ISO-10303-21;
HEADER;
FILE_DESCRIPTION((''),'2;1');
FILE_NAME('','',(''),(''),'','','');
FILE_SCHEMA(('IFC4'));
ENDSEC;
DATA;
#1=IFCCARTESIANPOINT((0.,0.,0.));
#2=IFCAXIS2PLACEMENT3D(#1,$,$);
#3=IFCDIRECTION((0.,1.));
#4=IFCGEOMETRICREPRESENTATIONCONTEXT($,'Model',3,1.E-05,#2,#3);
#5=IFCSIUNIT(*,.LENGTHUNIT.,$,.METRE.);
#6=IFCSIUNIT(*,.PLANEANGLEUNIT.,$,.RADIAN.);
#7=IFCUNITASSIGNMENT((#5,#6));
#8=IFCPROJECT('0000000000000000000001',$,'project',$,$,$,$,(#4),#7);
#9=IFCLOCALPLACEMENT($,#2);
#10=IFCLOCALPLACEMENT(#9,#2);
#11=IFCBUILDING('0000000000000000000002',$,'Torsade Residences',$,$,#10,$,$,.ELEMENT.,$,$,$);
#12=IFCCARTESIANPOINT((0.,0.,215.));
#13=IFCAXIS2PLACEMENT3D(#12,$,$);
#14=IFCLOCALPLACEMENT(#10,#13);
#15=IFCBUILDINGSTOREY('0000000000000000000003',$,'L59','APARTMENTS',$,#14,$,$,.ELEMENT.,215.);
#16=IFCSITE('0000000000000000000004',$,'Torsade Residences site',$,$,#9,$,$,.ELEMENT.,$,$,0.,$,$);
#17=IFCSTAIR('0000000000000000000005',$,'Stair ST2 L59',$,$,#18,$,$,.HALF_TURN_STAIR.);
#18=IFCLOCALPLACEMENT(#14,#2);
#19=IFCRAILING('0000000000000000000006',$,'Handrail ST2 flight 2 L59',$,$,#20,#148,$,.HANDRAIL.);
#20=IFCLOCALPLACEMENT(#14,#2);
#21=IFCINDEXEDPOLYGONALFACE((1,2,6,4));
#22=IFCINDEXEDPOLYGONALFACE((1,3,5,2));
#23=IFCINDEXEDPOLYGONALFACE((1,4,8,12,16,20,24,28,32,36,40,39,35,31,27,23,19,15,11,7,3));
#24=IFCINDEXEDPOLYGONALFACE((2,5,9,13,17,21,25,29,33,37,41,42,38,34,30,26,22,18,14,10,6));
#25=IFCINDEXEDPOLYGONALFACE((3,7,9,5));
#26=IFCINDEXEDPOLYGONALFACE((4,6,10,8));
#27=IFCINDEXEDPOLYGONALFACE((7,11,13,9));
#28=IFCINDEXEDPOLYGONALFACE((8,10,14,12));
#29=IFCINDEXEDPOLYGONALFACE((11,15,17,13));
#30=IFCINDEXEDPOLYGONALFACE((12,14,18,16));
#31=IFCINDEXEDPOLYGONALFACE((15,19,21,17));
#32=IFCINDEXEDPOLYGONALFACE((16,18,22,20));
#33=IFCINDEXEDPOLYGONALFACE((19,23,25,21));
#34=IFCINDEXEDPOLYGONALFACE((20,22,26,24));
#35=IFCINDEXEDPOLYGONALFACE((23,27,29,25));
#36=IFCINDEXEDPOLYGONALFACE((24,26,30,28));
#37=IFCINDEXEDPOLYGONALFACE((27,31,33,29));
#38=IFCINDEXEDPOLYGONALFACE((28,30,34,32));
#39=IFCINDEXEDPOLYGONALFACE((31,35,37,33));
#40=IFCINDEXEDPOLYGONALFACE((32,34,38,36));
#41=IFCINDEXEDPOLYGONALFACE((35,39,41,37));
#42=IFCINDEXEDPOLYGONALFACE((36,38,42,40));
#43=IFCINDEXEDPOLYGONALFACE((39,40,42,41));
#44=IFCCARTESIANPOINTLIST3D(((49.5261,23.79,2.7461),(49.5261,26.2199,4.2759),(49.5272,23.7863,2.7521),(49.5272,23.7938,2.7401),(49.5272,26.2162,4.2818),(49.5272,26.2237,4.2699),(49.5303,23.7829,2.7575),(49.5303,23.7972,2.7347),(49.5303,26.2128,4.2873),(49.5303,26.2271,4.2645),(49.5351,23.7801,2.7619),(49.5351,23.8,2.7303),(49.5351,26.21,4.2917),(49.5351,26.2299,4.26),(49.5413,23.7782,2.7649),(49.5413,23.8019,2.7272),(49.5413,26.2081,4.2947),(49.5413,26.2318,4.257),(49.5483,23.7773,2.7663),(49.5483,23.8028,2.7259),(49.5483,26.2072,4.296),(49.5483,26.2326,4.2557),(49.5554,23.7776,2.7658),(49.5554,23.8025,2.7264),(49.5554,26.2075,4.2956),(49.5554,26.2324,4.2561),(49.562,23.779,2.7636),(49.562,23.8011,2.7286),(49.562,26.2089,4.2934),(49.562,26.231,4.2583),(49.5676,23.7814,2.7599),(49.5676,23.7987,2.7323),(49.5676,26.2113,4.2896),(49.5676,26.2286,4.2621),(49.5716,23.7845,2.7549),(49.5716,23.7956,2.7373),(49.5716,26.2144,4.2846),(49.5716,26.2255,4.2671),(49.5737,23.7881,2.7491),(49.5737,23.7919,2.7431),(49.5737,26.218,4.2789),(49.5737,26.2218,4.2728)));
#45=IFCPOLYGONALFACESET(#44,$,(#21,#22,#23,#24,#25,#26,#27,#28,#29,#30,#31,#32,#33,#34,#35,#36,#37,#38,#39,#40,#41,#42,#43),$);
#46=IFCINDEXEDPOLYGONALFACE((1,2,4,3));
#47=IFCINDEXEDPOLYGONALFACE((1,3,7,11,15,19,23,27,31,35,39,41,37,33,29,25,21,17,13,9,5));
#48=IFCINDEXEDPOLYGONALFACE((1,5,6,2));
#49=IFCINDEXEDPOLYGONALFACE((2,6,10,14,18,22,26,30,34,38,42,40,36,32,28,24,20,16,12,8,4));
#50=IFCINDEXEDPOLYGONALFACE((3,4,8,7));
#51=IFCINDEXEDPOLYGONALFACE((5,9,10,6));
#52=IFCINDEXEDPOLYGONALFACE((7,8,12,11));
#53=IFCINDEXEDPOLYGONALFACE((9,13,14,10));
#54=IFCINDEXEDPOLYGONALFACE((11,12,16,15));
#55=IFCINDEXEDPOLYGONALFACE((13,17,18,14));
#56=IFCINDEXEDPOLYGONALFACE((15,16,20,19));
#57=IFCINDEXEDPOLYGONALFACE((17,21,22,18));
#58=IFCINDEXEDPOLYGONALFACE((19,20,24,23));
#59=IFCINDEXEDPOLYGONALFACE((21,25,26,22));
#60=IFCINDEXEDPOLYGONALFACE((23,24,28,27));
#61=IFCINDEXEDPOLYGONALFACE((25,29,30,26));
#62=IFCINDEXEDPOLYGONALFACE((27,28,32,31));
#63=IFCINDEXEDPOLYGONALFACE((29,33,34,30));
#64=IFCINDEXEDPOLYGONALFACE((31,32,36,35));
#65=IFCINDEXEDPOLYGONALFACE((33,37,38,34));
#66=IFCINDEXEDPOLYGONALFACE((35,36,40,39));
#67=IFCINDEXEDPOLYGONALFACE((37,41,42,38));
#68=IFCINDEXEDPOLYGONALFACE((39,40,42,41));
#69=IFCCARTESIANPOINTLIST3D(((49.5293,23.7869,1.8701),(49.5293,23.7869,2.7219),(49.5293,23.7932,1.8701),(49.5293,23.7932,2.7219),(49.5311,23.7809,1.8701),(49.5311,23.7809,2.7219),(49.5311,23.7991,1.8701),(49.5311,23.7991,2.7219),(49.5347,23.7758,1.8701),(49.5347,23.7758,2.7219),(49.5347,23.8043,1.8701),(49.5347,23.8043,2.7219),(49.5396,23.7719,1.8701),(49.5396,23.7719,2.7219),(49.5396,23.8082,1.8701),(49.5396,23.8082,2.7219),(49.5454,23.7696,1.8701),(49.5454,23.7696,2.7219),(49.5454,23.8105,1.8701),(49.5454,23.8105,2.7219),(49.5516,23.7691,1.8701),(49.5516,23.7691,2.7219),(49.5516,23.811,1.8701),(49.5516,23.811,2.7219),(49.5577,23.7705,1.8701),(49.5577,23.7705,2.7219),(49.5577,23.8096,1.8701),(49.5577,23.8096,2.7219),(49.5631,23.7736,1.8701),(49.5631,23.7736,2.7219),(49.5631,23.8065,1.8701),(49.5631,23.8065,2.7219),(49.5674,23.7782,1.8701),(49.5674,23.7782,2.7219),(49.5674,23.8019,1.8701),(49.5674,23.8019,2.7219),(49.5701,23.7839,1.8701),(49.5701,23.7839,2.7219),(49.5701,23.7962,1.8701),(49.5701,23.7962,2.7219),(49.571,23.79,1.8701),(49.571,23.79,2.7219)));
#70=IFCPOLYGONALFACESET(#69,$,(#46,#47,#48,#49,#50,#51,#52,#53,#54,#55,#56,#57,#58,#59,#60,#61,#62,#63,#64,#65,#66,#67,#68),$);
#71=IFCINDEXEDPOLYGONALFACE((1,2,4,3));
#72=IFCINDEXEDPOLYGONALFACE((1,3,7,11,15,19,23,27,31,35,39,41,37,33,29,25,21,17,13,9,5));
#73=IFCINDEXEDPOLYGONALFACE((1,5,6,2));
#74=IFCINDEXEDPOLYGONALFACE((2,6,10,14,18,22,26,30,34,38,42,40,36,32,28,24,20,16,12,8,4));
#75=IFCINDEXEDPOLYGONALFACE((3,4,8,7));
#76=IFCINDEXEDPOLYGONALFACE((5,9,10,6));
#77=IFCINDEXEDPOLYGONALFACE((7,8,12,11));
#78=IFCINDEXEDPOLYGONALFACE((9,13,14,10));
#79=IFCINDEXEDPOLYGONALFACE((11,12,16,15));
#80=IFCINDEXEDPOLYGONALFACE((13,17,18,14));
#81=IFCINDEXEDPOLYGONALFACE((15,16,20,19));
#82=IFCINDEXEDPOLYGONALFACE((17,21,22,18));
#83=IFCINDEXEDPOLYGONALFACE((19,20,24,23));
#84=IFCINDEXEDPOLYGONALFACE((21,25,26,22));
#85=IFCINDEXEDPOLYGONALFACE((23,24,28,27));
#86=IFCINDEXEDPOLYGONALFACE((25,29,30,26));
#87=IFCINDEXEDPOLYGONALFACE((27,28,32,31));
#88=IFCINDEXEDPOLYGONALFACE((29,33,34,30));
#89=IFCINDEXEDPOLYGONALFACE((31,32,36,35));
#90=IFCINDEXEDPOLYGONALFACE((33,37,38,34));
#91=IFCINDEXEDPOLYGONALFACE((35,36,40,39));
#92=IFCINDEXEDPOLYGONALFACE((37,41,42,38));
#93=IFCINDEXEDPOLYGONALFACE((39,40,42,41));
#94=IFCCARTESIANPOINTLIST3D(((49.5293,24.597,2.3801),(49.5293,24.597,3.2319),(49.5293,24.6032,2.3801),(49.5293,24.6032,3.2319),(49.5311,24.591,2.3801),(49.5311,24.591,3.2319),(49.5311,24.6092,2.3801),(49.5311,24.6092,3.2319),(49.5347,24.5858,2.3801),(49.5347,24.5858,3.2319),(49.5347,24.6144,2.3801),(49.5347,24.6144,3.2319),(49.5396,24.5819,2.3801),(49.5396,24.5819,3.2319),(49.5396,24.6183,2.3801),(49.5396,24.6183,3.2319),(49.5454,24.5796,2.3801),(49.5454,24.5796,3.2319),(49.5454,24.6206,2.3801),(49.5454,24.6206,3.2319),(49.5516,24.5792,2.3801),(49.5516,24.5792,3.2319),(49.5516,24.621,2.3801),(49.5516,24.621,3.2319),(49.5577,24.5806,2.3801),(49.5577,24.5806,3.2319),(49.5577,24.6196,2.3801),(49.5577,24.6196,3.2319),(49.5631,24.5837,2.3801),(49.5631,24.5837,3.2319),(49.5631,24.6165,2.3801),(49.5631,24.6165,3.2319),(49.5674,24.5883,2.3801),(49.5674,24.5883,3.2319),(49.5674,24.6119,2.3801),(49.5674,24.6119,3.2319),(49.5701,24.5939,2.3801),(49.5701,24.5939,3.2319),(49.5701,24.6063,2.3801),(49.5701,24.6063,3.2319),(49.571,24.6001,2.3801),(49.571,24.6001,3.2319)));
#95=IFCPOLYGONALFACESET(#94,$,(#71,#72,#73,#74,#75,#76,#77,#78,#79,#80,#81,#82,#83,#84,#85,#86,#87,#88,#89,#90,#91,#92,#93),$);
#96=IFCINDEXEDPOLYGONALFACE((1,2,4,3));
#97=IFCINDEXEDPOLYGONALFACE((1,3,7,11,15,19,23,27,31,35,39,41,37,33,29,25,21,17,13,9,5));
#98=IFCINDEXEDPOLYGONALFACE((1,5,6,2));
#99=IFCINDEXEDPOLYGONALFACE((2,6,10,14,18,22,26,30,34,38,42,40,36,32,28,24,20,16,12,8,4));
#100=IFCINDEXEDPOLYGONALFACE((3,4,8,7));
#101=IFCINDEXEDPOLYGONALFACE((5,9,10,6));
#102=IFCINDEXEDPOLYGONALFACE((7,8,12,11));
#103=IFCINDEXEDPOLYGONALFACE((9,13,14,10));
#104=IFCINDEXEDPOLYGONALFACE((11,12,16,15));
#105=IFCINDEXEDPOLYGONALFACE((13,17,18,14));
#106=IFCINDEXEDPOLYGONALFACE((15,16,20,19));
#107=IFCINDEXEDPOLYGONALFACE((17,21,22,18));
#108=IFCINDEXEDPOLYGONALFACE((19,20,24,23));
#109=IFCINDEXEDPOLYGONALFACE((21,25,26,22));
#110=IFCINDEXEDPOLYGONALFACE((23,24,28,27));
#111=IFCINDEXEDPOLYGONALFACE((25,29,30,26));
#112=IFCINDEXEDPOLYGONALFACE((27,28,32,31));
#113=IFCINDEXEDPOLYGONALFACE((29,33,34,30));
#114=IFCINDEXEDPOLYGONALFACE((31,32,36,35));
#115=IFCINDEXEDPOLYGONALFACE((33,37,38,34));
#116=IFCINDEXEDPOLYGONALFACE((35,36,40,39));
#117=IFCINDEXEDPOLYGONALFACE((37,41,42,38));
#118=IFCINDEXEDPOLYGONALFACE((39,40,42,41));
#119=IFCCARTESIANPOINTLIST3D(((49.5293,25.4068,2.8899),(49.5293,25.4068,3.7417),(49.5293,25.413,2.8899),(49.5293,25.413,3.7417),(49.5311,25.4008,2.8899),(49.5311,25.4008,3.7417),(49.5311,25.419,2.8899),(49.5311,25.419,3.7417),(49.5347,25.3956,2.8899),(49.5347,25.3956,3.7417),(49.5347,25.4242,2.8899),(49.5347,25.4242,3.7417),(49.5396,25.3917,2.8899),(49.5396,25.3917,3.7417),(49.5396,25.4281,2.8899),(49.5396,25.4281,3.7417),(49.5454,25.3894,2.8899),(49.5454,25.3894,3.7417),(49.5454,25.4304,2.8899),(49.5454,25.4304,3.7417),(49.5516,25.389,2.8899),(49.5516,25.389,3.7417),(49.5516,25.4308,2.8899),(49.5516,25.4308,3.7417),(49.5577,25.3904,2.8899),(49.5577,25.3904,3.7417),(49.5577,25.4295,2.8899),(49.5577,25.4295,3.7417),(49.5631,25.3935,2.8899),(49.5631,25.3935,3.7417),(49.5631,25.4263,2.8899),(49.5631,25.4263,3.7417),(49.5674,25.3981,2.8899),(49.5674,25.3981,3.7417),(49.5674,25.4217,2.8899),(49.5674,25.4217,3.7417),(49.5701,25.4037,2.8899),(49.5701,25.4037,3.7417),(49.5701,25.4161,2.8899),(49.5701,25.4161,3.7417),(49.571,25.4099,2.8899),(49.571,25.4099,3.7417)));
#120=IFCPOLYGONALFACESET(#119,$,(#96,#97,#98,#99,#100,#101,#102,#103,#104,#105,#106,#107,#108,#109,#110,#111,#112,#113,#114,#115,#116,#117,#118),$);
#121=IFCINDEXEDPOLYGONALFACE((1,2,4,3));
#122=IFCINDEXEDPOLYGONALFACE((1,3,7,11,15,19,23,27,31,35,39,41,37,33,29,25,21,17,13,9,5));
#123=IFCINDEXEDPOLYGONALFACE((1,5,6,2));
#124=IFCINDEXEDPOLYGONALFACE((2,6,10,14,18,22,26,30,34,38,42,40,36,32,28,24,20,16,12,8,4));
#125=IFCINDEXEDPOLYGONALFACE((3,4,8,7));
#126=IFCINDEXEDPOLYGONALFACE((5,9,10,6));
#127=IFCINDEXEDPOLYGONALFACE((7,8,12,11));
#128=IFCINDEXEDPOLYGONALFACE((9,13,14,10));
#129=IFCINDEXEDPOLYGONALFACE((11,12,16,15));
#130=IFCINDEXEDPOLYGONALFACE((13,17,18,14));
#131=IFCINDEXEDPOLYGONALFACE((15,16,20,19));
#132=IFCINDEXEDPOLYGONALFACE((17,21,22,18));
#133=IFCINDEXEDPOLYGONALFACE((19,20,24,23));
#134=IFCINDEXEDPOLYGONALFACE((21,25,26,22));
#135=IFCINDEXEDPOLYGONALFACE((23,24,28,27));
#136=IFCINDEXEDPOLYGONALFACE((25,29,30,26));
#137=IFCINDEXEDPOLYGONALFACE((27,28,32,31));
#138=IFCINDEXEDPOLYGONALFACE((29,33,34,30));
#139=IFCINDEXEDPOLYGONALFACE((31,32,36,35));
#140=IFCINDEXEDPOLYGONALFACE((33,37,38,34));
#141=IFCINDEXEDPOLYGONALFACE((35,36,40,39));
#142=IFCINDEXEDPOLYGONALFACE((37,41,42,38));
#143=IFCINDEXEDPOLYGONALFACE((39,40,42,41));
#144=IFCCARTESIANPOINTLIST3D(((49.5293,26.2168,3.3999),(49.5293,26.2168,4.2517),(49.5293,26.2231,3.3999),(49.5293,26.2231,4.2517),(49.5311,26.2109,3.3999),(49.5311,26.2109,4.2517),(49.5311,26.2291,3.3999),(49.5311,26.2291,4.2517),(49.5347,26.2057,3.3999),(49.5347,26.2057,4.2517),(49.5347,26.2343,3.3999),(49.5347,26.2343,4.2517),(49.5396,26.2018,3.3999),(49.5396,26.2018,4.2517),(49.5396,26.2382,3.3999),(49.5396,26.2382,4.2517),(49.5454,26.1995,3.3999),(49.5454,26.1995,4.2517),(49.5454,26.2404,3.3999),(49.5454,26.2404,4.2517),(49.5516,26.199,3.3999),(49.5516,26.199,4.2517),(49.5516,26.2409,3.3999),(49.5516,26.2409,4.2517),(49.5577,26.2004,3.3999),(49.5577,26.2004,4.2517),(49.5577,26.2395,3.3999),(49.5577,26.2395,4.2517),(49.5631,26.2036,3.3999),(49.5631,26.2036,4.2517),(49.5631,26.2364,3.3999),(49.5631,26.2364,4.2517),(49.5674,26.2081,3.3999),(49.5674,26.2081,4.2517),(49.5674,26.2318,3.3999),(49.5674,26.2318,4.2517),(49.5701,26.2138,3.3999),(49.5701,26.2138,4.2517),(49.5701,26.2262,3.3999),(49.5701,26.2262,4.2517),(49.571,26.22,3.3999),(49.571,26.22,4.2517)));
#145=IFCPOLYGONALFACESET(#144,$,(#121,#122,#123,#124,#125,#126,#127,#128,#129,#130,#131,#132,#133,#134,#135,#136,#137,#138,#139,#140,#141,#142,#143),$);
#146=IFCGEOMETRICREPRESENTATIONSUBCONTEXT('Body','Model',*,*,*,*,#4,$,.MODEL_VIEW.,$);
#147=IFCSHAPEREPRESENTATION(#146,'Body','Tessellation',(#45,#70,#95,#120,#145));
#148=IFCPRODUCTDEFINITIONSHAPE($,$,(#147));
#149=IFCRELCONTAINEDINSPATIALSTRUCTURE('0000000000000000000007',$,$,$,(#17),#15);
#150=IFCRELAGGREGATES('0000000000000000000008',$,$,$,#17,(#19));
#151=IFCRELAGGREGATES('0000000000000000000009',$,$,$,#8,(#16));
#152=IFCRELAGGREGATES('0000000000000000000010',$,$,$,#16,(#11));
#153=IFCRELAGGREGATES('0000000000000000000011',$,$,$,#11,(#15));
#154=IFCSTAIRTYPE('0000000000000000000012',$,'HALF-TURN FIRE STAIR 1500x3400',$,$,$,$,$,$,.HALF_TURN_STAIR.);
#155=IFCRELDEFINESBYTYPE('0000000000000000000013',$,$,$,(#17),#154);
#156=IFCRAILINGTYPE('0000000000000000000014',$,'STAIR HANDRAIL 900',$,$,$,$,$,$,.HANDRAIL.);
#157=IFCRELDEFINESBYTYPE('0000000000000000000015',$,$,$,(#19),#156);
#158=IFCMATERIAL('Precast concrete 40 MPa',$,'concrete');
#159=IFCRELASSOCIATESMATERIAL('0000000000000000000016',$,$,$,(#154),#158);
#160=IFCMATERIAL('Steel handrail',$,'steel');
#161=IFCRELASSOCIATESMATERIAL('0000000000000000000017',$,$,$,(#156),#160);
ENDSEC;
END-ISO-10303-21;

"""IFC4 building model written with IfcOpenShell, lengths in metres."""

from ifc_helpers import new_model, si_unit, direction, frame, origin, origin_2d, place, context, subcontext, project, spatial, circle, extrude, material, type_object, element, aggregate, save


model = new_model("IFC4")

# Units and contexts
model_context = context("Model", 3, precision=1e-05, world=origin(), true_north=direction((0.0, 1.0)))
body_context = subcontext(model_context, "Body", "Model", "MODEL_VIEW")
ifc_project = project(units=[si_unit("LENGTHUNIT", "METRE"), si_unit("PLANEANGLEUNIT", "RADIAN")], contexts=[model_context])

# Site, building, storey
site_placement = place(None, origin())
site = spatial("IfcSite", under=ifc_project, at=site_placement, Name="Torsade Residences site", CompositionType="ELEMENT", RefElevation=0.0)
building_placement = place(site_placement, origin())
building = spatial("IfcBuilding", under=site, at=building_placement, Name="Torsade Residences", CompositionType="ELEMENT")
storey_placement = place(building_placement, frame((0.0, 0.0, 215.0)))
storey = spatial("IfcBuildingStorey", under=building, at=storey_placement, Name="L59", Description="APARTMENTS", CompositionType="ELEMENT", Elevation=215.0)

# Stair, railing
ifc_material_1 = material(Name="Precast concrete 40 MPa", Category="concrete")
stair_type = type_object("IfcStairType", Name="HALF-TURN FIRE STAIR 1500x3400", PredefinedType="HALF_TURN_STAIR", material=ifc_material_1)
stair_placement = place(storey_placement, origin())
stair = element("IfcStair", 1, at=stair_placement, inside=storey, type_object=stair_type, Name="Stair ST2 L59", PredefinedType="HALF_TURN_STAIR")
ifc_material_2 = material(Name="Steel handrail", Category="steel")
railing_type = type_object("IfcRailingType", Name="STAIR HANDRAIL 900", PredefinedType="HANDRAIL", material=ifc_material_2)
railing_1_placement = place(storey_placement, frame((49.55, 23.79, 1.8701)))
railing_1 = element("IfcRailing", 2, at=railing_1_placement, type_object=railing_type, Name="Handrail ST2 flight 2 L59", PredefinedType="HANDRAIL", context=body_context, shape_type="SweptSolid", body=[
    extrude(circle(Radius=0.0239, at=origin_2d()), frame((0.0, 0.0, 0.876), z_axis=(0.0, 0.84626, 0.53277), x_axis=(-1.0, 0.0, 0.0)), (0.0, 0.0, 1.0), 2.8713),
    extrude(circle(Radius=0.021, at=origin_2d()), origin(), (0.0, 0.0, 1.0), 0.8518),
    extrude(circle(Radius=0.021, at=origin_2d()), frame((0.0, 0.8101, 0.51)), (0.0, 0.0, 1.0), 0.8518),
    extrude(circle(Radius=0.021, at=origin_2d()), frame((0.0, 1.6199, 1.0198)), (0.0, 0.0, 1.0), 0.8518),
    extrude(circle(Radius=0.021, at=origin_2d()), frame((0.0, 2.4299, 1.5298)), (0.0, 0.0, 1.0), 0.8518),
])
aggregate(stair, [railing_1])

save(model, "model.ifc")
